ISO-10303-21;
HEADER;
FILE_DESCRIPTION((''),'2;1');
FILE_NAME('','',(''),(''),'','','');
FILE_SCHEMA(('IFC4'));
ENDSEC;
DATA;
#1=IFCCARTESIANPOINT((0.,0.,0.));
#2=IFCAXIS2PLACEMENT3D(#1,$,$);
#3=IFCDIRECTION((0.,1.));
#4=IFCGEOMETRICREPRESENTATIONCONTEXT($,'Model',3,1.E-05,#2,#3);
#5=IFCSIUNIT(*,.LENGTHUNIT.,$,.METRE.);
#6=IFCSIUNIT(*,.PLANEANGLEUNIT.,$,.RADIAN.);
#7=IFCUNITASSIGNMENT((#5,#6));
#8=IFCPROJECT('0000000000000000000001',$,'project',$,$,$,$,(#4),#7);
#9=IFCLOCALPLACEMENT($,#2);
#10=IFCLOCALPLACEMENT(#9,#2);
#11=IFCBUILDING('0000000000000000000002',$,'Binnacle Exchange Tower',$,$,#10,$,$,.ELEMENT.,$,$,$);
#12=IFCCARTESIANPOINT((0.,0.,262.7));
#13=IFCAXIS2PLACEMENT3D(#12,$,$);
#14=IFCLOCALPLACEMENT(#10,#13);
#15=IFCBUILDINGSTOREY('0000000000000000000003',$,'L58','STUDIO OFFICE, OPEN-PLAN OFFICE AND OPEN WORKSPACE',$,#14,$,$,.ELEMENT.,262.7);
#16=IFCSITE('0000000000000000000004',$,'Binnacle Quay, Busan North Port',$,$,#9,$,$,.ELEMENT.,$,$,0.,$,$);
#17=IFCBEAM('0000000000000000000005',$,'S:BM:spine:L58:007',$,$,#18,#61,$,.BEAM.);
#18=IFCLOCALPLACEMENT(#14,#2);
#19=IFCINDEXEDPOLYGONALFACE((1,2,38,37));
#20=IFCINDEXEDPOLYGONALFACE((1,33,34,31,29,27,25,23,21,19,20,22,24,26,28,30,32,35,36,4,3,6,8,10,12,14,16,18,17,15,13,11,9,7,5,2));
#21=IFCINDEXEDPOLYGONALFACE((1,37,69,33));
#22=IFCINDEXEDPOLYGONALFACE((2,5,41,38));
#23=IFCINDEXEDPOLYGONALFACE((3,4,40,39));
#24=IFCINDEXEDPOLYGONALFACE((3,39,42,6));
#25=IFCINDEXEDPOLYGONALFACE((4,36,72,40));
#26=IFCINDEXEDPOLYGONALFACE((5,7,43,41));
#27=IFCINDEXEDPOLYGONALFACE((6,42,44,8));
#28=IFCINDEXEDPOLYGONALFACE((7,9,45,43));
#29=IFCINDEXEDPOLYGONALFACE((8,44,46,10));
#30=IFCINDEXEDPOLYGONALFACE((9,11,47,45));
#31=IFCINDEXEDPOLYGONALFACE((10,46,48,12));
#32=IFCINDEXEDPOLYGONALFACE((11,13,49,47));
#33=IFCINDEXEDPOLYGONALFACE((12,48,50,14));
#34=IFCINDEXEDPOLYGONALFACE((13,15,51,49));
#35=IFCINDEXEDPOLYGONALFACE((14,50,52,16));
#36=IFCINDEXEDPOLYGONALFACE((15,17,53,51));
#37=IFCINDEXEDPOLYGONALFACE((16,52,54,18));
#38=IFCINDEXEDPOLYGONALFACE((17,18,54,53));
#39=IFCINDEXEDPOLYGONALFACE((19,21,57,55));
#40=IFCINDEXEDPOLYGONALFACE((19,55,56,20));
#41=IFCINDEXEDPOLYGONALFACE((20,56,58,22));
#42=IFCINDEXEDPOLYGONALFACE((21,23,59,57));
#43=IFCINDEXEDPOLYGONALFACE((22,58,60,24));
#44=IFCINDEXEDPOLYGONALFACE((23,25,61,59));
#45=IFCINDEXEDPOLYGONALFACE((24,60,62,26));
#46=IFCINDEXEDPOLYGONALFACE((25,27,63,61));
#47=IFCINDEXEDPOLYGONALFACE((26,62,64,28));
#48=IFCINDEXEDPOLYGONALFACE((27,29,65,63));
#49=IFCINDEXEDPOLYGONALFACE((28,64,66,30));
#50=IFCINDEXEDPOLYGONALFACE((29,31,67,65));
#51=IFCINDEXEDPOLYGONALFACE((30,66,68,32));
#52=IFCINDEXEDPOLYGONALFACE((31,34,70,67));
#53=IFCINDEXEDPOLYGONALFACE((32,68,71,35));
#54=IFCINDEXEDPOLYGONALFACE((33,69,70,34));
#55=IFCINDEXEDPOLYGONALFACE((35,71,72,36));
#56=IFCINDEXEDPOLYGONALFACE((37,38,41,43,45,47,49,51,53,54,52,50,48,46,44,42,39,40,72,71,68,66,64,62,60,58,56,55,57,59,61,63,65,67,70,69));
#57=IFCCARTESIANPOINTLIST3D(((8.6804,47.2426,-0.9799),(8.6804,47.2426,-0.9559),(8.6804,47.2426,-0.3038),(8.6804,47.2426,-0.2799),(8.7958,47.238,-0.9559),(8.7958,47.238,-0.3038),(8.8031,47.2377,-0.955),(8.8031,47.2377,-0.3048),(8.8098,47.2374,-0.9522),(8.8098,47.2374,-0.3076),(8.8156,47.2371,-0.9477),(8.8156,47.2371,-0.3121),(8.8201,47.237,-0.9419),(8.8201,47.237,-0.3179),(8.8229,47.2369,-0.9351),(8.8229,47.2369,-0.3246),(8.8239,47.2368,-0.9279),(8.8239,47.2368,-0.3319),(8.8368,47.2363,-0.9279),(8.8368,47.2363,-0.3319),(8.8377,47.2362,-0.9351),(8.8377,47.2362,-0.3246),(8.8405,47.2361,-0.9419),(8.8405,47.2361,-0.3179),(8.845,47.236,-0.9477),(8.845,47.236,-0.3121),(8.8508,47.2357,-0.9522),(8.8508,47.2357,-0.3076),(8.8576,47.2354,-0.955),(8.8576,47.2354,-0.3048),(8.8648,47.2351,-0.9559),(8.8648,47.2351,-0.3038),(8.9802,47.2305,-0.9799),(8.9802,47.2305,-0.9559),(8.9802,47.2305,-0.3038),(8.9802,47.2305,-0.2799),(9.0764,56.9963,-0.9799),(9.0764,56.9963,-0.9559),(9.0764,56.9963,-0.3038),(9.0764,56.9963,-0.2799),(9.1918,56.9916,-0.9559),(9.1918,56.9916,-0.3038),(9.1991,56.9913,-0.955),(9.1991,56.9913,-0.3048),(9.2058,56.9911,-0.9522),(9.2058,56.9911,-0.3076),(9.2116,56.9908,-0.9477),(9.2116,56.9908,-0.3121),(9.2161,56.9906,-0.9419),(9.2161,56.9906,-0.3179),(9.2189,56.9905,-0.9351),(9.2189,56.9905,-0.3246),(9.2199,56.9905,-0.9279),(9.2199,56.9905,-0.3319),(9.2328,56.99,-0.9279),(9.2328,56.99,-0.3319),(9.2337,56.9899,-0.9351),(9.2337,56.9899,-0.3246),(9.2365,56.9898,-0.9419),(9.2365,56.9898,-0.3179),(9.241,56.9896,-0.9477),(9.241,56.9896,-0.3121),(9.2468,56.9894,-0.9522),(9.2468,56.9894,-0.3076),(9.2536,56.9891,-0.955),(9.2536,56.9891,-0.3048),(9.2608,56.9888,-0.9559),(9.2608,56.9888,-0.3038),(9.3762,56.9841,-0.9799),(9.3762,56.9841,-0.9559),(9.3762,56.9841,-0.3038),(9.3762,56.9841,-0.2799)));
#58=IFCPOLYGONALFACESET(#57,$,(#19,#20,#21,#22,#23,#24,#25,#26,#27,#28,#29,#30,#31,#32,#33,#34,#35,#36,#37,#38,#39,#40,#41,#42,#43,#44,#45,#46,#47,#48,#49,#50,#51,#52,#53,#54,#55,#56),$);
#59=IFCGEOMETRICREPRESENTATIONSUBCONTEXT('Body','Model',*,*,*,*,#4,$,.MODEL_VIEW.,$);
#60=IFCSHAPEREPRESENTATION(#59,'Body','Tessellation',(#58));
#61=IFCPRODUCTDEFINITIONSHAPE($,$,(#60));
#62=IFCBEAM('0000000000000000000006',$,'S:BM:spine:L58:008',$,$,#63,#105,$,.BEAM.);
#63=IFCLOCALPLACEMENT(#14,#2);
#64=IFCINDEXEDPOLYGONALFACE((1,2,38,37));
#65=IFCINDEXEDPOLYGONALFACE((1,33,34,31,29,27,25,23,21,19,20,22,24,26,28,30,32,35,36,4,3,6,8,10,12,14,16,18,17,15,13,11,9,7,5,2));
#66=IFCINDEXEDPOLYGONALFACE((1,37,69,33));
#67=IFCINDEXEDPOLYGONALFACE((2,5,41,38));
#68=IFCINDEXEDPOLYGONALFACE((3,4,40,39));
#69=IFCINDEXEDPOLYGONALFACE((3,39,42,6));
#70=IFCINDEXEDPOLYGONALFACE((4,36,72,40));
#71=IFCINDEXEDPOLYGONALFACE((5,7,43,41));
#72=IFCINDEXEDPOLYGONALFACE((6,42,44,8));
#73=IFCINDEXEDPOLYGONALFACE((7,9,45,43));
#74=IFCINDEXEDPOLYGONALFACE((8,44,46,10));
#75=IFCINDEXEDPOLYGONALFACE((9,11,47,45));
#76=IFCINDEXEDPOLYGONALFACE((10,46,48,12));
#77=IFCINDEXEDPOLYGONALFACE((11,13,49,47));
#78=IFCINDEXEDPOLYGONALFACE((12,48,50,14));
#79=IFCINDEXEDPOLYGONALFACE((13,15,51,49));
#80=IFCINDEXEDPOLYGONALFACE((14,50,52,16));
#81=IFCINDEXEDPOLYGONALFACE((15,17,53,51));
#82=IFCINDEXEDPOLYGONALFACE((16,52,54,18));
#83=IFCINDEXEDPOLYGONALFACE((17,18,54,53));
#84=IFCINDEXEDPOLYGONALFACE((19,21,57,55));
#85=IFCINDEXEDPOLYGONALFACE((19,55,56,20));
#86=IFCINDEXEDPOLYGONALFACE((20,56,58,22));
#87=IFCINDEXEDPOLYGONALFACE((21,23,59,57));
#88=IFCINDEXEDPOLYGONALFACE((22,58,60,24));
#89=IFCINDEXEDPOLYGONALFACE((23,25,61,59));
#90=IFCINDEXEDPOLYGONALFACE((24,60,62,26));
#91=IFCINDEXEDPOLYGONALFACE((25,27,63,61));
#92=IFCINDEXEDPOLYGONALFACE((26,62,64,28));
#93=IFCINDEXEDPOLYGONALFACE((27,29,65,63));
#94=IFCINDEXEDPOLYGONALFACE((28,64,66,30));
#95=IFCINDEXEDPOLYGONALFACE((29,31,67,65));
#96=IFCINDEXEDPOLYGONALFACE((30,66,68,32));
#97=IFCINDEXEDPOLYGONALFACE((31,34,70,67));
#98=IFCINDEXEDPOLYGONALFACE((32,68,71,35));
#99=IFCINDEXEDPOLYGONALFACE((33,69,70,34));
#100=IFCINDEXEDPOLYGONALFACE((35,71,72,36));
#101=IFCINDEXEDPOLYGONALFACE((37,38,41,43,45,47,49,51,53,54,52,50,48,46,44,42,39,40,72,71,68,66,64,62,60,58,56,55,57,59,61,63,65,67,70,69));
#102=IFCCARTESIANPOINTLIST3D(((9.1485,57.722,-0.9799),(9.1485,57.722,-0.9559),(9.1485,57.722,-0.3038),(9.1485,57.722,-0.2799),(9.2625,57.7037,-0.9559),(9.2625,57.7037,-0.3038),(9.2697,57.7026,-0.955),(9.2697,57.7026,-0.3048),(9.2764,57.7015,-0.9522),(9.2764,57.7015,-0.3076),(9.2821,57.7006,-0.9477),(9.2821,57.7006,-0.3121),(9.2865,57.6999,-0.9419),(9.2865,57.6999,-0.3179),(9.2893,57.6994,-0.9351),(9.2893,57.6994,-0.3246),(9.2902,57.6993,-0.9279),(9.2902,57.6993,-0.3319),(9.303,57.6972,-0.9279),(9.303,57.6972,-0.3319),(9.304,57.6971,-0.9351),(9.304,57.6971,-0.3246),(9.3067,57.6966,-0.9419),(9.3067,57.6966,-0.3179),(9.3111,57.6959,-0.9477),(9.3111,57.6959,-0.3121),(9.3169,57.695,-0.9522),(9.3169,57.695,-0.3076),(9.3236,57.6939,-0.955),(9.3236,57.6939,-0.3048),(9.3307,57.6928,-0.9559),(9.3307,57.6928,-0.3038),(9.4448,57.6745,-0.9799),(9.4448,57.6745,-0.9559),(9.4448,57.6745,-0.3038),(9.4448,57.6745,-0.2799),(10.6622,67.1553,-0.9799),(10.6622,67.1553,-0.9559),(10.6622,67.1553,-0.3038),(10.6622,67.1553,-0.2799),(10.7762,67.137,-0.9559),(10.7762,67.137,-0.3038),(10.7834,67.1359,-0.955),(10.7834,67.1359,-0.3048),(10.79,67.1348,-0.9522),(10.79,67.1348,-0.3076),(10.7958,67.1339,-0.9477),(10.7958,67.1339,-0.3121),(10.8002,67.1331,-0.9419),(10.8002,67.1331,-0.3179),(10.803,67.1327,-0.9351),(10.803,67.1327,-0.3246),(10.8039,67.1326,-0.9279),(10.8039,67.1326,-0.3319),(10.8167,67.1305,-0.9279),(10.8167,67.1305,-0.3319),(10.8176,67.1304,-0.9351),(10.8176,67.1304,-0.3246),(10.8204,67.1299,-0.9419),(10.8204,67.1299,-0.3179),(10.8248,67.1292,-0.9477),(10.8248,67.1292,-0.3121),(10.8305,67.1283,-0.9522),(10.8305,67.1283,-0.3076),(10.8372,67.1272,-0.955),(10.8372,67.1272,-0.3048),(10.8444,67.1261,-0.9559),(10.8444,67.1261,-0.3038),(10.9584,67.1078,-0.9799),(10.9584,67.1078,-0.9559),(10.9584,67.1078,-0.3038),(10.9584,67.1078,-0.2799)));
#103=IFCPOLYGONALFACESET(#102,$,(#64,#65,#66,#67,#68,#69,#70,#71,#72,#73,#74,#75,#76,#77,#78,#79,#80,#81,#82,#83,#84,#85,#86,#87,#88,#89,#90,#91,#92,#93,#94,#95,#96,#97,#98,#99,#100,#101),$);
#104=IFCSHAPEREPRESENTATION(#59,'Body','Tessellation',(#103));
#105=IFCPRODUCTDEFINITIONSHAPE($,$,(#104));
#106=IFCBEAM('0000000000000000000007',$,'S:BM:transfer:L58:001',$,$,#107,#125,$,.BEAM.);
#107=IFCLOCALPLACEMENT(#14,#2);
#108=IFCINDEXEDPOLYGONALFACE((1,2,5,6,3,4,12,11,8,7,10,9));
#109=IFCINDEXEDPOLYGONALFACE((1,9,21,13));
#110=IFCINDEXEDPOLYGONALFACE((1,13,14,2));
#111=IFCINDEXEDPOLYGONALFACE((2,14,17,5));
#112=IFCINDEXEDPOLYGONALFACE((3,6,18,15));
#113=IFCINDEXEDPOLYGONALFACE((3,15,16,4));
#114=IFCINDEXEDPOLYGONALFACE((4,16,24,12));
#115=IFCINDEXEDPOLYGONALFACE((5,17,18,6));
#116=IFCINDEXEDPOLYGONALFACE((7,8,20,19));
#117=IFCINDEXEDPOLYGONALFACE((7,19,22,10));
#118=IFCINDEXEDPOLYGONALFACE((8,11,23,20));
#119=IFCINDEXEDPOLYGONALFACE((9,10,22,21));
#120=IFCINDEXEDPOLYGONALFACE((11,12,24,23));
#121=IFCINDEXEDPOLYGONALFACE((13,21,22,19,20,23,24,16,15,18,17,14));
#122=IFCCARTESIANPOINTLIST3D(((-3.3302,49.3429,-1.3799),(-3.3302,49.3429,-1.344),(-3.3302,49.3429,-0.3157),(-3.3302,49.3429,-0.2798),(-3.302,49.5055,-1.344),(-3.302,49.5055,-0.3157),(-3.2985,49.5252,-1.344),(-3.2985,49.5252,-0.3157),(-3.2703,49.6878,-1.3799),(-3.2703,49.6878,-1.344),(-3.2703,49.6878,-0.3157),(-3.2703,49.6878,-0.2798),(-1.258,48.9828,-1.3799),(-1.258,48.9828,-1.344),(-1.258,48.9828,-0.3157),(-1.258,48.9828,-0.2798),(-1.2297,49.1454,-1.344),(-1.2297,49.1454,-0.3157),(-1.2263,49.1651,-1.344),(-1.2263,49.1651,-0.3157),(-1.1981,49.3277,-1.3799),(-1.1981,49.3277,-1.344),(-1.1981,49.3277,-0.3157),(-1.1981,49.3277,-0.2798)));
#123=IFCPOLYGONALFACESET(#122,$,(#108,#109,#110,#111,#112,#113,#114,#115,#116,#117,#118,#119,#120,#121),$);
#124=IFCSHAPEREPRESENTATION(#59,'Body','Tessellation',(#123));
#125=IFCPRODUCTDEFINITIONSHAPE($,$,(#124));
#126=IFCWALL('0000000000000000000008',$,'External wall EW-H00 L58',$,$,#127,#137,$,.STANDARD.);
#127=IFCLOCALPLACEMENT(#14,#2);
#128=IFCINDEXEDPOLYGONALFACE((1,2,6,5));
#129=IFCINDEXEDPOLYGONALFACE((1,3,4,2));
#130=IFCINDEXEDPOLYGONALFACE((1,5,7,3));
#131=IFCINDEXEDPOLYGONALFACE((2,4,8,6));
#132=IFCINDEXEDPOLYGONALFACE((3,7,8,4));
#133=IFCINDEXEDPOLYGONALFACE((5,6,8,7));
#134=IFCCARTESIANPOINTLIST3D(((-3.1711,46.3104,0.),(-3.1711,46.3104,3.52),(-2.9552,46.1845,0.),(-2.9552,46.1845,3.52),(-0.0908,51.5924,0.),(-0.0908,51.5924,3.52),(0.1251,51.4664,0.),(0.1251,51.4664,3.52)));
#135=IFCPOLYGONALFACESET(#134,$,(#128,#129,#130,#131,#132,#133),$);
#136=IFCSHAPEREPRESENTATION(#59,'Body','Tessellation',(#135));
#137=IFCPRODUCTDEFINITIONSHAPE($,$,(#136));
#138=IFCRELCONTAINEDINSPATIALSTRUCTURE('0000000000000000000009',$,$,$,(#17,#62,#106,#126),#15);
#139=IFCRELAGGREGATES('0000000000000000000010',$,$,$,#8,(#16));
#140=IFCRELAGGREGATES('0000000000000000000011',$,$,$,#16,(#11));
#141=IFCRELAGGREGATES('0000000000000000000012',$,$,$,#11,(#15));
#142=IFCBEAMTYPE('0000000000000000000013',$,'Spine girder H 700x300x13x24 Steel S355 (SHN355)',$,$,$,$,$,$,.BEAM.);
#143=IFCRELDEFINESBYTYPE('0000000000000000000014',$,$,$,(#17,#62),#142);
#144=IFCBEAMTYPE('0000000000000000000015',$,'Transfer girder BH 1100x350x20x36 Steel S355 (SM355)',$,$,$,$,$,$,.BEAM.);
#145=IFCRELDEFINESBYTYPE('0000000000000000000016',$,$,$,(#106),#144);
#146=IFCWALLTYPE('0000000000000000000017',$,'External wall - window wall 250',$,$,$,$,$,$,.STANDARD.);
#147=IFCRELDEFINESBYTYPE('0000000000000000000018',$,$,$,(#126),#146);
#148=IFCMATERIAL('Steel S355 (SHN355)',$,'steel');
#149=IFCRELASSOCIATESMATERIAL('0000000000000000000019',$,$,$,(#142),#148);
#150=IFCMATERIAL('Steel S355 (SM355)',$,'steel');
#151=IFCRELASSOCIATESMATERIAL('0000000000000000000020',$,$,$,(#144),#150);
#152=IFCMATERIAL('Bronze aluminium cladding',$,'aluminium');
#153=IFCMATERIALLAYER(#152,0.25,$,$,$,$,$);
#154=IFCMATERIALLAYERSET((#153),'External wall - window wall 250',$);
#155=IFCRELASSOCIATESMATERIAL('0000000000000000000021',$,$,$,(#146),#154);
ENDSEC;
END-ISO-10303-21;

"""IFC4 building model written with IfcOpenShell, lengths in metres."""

from ifc_helpers import new_model, si_unit, direction, frame, frame_2d, origin, origin_2d, place, context, subcontext, project, spatial, rectangle, i_section, extrude, material, layer, layer_set, material_profile, profile_set, type_object, element, save


model = new_model("IFC4")

# Units and contexts
model_context = context("Model", 3, precision=1e-05, world=origin(), true_north=direction((0.0, 1.0)))
body_context = subcontext(model_context, "Body", "Model", "MODEL_VIEW")
ifc_project = project(units=[si_unit("LENGTHUNIT", "METRE"), si_unit("PLANEANGLEUNIT", "RADIAN")], contexts=[model_context])

# Site, building, storey
site_placement = place(None, origin())
site = spatial("IfcSite", under=ifc_project, at=site_placement, Name="Binnacle Quay, Busan North Port", CompositionType="ELEMENT", RefElevation=0.0)
building_placement = place(site_placement, origin())
building = spatial("IfcBuilding", under=site, at=building_placement, Name="Binnacle Exchange Tower", CompositionType="ELEMENT")
storey_placement = place(building_placement, frame((0.0, 0.0, 262.7)))
storey = spatial("IfcBuildingStorey", under=building, at=storey_placement, Name="L58", Description="STUDIO OFFICE, OPEN-PLAN OFFICE AND OPEN WORKSPACE", CompositionType="ELEMENT", Elevation=262.7)

# Beams
ifc_material_1 = material(Name="Steel S355 (SHN355)", Category="steel")
ifc_material_profile_1 = material_profile(ifc_material_1, i_section(OverallWidth=0.3, OverallDepth=0.7, WebThickness=0.0129, FlangeThickness=0.0239, FilletRadius=0.0281, at=origin_2d()), Name="H 700x300x13x24")
ifc_profile_set_1 = profile_set([ifc_material_profile_1], Name="Steel S355 (SHN355)")
beam_type_1 = type_object("IfcBeamType", Name="Spine girder H 700x300x13x24 Steel S355 (SHN355)", PredefinedType="BEAM", material=ifc_profile_set_1)
beam_1_placement = place(storey_placement, frame((9.2263, 56.9902, -0.6299), z_axis=(-0.040566, -0.999177, 0.0), x_axis=(0.999177, -0.040566, 0.0)))
element("IfcBeam", 1, at=beam_1_placement, inside=storey, type_object=beam_type_1, Name="S:BM:spine:L58:007", PredefinedType="BEAM", context=body_context, shape_type="SweptSolid", body=[
    extrude(i_section(OverallWidth=0.3, OverallDepth=0.7, WebThickness=0.0129, FlangeThickness=0.0239, FilletRadius=0.0281, at=origin_2d()), origin(), (0.0, 0.0, 1.0), 9.7617),
])
beam_2_placement = place(storey_placement, frame((9.2966, 57.6982, -0.6299), z_axis=(0.158433, 0.98737, 0.0), x_axis=(-0.98737, 0.158433, 0.0)))
element("IfcBeam", 2, at=beam_2_placement, inside=storey, type_object=beam_type_1, Name="S:BM:spine:L58:008", PredefinedType="BEAM", context=body_context, shape_type="SweptSolid", body=[
    extrude(i_section(OverallWidth=0.3, OverallDepth=0.7, WebThickness=0.0129, FlangeThickness=0.0239, FilletRadius=0.0281, at=origin_2d()), origin(), (0.0, 0.0, 1.0), 9.554),
])
ifc_material_2 = material(Name="Steel S355 (SM355)", Category="steel")
ifc_material_profile_2 = material_profile(ifc_material_2, i_section(OverallWidth=0.3501, OverallDepth=1.1001, WebThickness=0.02, FlangeThickness=0.0359, at=origin_2d()), Name="BH 1100x350x20x36")
ifc_profile_set_2 = profile_set([ifc_material_profile_2], Name="Steel S355 (SM355)")
beam_type_2 = type_object("IfcBeamType", Name="Transfer girder BH 1100x350x20x36 Steel S355 (SM355)", PredefinedType="BEAM", material=ifc_profile_set_2)
beam_3_placement = place(storey_placement, frame((-1.228, 49.1553, -0.8298), z_axis=(-0.985235, 0.171209, 0.0), x_axis=(-0.171209, -0.985235, 0.0)))
element("IfcBeam", 3, at=beam_3_placement, inside=storey, type_object=beam_type_2, Name="S:BM:transfer:L58:001", PredefinedType="BEAM", context=body_context, shape_type="SweptSolid", body=[
    extrude(i_section(OverallWidth=0.3501, OverallDepth=1.1001, WebThickness=0.02, FlangeThickness=0.0359, at=origin_2d()), origin(), (0.0, 0.0, 1.0), 2.1033),
])

# Wall
ifc_material_3 = material(Name="Bronze aluminium cladding", Category="aluminium")
ifc_layer_1 = layer(ifc_material_3, 0.25)
ifc_layer_set_1 = layer_set([ifc_layer_1], Name="External wall - window wall 250")
wall_type = type_object("IfcWallType", Name="External wall - window wall 250", PredefinedType="STANDARD", material=ifc_layer_set_1)
wall_1_placement = place(storey_placement, frame((0.0171, 51.5293, 0.0), z_axis=(0.0, 0.0, 1.0), x_axis=(-0.503769, -0.863838, 0.0)))
element("IfcWall", 4, at=wall_1_placement, inside=storey, type_object=wall_type, Name="External wall EW-H00 L58", PredefinedType="STANDARD", context=body_context, shape_type="SweptSolid", body=[
    extrude(rectangle(XDim=6.1145, YDim=0.25, at=frame_2d((3.0571, 0.0))), origin(), (0.0, 0.0, 1.0), 3.52),
])

save(model, "model.ifc")
